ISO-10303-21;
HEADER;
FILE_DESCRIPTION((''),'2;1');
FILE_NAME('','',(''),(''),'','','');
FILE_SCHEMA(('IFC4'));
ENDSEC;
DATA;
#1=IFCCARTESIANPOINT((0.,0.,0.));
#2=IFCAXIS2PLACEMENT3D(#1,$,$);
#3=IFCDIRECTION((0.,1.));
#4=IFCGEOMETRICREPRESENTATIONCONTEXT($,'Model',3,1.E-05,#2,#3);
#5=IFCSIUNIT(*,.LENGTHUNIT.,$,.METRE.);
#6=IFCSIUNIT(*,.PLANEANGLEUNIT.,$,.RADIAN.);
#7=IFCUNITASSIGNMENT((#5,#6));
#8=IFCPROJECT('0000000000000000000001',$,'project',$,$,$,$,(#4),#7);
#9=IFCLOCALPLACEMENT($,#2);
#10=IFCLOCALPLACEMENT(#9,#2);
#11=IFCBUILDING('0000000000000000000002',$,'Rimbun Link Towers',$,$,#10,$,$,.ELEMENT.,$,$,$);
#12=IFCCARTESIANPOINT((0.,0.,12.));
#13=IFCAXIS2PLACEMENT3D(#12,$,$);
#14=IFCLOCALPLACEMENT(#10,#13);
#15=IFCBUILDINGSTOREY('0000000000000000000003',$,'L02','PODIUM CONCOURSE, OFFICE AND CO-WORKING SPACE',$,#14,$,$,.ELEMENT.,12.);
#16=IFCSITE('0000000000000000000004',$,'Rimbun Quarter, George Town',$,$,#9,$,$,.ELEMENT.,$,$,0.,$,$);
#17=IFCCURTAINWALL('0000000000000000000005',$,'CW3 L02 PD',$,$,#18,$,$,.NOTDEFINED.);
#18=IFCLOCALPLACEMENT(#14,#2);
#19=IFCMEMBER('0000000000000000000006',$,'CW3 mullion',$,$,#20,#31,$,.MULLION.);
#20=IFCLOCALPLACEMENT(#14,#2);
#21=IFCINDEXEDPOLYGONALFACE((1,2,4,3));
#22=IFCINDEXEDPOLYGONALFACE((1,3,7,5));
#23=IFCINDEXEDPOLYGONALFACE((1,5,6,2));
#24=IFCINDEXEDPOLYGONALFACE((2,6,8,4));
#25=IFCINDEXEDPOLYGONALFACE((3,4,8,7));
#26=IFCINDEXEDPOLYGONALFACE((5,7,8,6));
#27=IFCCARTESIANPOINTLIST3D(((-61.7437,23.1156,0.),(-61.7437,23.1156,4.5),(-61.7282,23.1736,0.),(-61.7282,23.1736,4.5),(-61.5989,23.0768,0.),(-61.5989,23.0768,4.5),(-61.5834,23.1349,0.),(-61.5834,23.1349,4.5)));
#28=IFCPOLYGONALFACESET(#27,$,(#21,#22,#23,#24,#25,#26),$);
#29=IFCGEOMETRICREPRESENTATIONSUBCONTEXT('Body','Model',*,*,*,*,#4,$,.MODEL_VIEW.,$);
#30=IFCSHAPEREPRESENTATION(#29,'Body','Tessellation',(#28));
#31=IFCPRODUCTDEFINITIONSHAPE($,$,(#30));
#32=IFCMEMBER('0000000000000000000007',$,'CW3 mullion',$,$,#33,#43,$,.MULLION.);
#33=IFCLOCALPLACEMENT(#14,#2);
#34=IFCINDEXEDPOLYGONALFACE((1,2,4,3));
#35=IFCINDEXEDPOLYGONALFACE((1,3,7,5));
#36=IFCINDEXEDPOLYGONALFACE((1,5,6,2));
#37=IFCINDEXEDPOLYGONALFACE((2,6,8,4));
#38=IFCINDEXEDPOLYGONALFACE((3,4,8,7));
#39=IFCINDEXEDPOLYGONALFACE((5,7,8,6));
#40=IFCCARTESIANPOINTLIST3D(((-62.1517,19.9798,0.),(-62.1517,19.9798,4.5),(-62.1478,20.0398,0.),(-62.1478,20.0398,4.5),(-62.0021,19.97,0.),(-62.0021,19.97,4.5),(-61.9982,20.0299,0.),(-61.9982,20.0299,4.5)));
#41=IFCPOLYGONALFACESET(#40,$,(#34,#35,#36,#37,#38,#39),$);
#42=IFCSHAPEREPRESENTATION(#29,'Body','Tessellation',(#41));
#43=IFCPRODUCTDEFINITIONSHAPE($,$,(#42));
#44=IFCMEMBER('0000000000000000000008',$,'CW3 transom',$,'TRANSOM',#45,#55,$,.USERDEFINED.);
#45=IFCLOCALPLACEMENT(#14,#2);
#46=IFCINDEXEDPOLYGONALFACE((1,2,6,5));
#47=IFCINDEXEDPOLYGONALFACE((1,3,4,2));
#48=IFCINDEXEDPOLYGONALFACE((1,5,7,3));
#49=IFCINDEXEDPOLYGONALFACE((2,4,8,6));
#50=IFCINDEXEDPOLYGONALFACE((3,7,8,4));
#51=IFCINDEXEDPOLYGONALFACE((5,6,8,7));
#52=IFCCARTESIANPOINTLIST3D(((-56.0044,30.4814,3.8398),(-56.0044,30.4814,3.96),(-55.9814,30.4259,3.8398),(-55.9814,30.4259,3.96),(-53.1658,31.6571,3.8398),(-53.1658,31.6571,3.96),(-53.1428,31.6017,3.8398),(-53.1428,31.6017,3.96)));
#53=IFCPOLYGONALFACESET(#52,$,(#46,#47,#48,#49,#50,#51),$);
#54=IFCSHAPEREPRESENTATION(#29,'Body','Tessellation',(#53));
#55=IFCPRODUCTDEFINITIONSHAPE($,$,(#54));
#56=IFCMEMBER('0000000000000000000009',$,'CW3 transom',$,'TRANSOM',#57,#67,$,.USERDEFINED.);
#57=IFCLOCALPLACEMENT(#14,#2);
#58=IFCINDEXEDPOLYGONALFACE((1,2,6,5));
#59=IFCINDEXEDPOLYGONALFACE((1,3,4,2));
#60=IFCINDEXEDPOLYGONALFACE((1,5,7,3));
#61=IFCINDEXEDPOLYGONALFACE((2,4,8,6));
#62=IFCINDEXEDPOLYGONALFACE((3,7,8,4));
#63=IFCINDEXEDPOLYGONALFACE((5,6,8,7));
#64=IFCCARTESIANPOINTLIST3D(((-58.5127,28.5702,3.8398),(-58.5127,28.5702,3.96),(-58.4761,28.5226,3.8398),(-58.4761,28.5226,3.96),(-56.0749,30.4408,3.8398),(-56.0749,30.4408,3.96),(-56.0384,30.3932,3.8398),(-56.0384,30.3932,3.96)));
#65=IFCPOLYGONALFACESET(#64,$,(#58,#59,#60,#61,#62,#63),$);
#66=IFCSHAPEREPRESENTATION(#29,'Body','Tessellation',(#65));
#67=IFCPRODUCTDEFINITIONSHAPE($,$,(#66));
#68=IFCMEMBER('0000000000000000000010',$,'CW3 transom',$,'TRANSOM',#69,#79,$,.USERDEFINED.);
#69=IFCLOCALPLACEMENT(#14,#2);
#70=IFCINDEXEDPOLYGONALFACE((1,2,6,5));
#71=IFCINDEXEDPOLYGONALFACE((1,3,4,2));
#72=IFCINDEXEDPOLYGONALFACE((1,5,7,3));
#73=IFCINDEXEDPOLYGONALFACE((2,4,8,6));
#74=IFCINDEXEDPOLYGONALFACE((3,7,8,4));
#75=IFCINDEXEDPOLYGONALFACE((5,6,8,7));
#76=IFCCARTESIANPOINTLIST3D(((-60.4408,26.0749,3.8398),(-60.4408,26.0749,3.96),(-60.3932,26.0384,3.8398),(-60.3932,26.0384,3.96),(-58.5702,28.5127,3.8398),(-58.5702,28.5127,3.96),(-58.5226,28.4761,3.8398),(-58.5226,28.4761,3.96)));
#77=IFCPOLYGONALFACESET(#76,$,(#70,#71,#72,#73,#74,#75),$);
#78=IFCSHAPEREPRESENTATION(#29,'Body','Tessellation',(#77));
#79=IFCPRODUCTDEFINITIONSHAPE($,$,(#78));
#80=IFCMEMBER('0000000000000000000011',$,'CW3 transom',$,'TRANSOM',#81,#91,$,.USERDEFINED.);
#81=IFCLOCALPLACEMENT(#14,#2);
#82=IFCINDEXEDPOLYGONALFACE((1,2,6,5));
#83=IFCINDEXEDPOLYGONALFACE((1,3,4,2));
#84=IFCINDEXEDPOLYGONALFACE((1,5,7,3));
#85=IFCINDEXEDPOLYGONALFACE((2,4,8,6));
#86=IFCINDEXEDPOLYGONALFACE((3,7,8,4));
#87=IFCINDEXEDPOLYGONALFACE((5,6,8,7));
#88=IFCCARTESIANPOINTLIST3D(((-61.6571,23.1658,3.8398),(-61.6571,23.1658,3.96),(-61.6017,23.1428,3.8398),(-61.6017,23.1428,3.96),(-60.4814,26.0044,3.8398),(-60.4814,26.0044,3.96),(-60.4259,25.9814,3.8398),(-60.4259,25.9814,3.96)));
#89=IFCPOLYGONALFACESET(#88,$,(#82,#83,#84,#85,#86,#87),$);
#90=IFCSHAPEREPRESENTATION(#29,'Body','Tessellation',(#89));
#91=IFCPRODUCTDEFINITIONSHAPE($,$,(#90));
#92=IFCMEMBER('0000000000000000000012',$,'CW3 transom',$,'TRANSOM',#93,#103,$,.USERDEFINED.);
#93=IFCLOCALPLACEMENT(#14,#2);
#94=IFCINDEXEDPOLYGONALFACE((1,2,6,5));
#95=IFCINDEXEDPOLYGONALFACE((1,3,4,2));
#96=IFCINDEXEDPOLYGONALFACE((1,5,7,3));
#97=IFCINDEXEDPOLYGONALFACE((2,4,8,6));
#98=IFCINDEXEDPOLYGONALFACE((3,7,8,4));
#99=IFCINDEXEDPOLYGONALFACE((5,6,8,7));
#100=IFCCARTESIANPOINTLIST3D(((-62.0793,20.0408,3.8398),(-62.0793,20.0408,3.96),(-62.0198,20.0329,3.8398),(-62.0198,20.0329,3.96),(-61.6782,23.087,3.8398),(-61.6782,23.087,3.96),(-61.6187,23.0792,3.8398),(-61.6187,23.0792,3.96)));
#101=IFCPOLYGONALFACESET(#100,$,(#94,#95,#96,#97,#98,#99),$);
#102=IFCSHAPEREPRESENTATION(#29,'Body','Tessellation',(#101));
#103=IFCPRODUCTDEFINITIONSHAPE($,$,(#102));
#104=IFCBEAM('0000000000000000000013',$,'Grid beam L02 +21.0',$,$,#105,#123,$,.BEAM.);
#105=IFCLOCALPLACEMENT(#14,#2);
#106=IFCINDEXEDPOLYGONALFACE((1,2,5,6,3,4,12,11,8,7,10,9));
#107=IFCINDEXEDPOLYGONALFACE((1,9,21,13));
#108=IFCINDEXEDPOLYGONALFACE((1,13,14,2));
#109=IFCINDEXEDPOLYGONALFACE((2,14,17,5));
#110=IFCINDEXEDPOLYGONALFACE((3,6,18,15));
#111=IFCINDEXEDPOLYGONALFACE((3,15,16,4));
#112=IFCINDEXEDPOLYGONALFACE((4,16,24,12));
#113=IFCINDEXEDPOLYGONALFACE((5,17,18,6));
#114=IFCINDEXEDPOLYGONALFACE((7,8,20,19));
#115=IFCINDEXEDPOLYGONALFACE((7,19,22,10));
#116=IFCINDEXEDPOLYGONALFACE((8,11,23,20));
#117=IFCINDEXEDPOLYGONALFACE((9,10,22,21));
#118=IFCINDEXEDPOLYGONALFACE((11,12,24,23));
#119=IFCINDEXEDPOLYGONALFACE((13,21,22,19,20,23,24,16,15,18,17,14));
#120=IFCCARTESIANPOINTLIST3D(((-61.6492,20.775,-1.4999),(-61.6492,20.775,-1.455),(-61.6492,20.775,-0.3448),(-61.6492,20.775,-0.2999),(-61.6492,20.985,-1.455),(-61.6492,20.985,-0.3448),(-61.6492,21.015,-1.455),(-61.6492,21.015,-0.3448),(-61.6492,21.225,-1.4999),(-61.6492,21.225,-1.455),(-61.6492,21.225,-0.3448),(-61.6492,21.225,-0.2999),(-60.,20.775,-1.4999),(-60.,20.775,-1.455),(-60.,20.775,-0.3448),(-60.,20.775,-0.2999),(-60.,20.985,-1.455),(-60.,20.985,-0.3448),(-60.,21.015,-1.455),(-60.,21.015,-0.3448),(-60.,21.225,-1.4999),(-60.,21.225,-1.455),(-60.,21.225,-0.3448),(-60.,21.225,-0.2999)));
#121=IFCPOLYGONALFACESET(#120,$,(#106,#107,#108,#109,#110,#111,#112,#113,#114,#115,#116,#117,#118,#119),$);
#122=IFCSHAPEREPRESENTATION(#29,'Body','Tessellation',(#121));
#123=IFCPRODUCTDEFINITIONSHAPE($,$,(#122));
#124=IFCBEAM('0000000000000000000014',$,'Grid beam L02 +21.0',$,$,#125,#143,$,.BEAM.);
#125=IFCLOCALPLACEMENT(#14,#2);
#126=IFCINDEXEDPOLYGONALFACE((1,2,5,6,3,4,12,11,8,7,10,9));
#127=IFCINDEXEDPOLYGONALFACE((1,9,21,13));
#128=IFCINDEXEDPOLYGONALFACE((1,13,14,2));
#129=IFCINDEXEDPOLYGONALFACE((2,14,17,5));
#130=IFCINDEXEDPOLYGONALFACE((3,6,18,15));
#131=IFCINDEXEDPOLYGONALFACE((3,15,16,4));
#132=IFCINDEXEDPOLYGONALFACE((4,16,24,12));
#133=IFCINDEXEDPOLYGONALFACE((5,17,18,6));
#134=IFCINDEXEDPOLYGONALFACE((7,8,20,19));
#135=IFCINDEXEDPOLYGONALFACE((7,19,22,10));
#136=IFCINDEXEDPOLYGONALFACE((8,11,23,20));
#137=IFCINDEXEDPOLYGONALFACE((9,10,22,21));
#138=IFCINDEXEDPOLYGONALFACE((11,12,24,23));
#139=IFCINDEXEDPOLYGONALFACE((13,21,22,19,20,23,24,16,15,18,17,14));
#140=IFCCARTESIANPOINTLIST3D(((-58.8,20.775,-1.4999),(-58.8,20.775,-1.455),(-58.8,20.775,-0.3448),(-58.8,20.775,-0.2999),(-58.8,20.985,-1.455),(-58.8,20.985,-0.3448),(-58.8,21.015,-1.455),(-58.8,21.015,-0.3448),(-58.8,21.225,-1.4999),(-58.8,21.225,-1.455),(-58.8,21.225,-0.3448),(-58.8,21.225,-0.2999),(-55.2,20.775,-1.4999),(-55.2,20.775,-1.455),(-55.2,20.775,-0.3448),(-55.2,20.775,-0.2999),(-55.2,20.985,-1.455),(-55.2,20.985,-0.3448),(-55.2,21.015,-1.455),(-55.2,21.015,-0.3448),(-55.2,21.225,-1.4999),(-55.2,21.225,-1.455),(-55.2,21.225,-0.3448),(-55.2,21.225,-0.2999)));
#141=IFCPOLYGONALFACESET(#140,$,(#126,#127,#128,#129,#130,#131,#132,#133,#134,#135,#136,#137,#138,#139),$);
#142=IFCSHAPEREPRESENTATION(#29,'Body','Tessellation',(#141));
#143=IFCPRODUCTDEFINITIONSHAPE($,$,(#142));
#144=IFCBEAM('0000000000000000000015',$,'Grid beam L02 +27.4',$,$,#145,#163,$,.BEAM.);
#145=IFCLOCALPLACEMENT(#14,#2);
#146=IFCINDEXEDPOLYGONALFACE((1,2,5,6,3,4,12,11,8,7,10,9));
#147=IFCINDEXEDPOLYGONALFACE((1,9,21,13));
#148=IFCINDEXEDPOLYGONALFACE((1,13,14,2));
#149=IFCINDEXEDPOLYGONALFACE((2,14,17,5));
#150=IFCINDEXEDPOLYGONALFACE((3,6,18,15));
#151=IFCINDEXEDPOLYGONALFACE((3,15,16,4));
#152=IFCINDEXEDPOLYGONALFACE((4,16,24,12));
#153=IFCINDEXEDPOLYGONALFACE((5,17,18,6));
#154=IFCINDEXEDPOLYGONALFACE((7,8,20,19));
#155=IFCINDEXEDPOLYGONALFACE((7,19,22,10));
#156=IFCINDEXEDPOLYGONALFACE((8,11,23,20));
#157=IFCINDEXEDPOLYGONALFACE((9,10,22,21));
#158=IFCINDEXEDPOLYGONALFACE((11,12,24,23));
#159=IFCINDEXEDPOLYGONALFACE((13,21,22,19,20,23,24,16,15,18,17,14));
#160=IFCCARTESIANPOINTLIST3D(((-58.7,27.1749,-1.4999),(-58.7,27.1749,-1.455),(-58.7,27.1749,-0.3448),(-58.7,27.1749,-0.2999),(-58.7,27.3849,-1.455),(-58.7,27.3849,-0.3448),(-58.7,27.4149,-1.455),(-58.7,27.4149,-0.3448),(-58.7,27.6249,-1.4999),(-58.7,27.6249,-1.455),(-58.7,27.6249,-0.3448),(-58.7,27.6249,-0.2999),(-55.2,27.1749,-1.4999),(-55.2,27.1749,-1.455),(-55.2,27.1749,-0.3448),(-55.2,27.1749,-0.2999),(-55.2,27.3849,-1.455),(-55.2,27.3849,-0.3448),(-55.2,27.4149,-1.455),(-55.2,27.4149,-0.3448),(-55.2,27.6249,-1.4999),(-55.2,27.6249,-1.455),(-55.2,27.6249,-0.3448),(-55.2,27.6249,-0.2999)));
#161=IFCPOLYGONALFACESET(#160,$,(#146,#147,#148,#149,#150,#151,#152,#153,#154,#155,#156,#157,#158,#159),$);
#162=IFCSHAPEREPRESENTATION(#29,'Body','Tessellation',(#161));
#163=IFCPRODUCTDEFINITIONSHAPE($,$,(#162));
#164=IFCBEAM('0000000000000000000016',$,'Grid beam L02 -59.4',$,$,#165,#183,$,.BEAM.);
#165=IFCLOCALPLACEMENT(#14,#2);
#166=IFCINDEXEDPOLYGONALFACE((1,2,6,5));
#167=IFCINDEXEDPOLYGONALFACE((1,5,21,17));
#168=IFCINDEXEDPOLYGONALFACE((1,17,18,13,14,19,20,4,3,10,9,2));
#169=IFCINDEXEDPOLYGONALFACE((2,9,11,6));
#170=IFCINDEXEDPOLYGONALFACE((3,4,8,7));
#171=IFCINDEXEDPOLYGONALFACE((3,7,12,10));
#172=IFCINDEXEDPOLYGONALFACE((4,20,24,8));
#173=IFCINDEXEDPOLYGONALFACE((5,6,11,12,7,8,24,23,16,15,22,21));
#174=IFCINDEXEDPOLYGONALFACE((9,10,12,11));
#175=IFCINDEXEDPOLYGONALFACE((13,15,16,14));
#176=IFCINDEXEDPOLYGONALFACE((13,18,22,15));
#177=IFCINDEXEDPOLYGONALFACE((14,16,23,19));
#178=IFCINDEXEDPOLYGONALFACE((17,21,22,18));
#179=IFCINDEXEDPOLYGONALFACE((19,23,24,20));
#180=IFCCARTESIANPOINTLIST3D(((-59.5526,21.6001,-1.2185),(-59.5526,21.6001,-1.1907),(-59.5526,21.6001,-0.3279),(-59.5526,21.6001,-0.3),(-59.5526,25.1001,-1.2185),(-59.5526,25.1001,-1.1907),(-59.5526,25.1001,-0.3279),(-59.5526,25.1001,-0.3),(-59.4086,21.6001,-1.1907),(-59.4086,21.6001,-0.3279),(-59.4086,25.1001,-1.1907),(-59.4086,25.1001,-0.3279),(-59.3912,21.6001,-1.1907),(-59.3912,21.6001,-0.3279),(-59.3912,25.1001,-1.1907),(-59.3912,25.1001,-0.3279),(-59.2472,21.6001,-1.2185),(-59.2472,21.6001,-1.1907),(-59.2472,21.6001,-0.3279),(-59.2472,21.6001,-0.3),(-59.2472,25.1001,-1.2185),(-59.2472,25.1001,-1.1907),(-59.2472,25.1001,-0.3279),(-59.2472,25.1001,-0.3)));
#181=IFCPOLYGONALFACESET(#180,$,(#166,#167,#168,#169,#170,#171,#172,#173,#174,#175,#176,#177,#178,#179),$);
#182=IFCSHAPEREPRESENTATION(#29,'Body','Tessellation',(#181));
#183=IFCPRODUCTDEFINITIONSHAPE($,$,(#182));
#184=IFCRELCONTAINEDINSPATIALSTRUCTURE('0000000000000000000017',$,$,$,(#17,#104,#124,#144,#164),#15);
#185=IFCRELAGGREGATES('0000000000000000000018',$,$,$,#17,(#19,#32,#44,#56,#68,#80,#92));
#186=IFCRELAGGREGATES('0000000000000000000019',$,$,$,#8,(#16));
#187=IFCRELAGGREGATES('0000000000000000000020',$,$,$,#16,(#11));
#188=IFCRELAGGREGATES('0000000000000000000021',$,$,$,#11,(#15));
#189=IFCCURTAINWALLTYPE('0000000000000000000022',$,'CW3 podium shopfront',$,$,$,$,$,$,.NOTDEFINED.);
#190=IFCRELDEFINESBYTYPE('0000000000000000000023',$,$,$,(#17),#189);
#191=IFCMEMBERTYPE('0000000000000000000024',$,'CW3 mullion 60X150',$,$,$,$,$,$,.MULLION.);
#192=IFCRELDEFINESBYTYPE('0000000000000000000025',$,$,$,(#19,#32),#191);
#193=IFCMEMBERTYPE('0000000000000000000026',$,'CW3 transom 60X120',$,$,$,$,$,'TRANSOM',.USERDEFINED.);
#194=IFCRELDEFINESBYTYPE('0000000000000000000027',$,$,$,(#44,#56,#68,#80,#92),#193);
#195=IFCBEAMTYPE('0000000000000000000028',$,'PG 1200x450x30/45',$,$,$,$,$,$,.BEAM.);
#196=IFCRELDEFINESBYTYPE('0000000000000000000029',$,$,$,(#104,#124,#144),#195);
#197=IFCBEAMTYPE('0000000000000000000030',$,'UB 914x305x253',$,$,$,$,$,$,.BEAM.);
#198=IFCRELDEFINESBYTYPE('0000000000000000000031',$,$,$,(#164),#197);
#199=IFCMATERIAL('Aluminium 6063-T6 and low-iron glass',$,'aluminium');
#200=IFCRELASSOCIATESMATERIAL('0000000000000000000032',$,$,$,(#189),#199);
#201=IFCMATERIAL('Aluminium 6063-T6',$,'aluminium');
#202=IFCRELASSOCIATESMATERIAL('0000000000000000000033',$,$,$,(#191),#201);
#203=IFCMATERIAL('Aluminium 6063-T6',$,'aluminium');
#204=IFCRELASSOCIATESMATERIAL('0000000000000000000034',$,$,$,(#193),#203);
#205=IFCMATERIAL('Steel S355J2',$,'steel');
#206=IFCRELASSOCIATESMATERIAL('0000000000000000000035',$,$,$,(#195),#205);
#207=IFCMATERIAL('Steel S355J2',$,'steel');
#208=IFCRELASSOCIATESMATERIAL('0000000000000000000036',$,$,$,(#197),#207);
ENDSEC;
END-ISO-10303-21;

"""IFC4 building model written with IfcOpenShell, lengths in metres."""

from ifc_helpers import new_model, si_unit, direction, frame, origin, origin_2d, place, context, subcontext, project, spatial, rectangle, i_section, extrude, material, material_profile, profile_set, type_object, element, aggregate, save


model = new_model("IFC4")

# Units and contexts
model_context = context("Model", 3, precision=1e-05, world=origin(), true_north=direction((0.0, 1.0)))
body_context = subcontext(model_context, "Body", "Model", "MODEL_VIEW")
ifc_project = project(units=[si_unit("LENGTHUNIT", "METRE"), si_unit("PLANEANGLEUNIT", "RADIAN")], contexts=[model_context])

# Site, building, storey
site_placement = place(None, origin())
site = spatial("IfcSite", under=ifc_project, at=site_placement, Name="Rimbun Quarter, George Town", CompositionType="ELEMENT", RefElevation=0.0)
building_placement = place(site_placement, origin())
building = spatial("IfcBuilding", under=site, at=building_placement, Name="Rimbun Link Towers", CompositionType="ELEMENT")
storey_placement = place(building_placement, frame((0.0, 0.0, 12.0)))
storey = spatial("IfcBuildingStorey", under=building, at=storey_placement, Name="L02", Description="PODIUM CONCOURSE, OFFICE AND CO-WORKING SPACE", CompositionType="ELEMENT", Elevation=12.0)

# Curtain wall, members
ifc_material_1 = material(Name="Aluminium 6063-T6 and low-iron glass", Category="aluminium")
curtain_wall_type = type_object("IfcCurtainWallType", Name="CW3 podium shopfront", PredefinedType="NOTDEFINED", material=ifc_material_1)
curtain_wall_placement = place(storey_placement, origin())
curtain_wall = element("IfcCurtainWall", 1, at=curtain_wall_placement, inside=storey, type_object=curtain_wall_type, Name="CW3 L02 PD", PredefinedType="NOTDEFINED")
ifc_material_2 = material(Name="Aluminium 6063-T6", Category="aluminium")
ifc_material_profile_1 = material_profile(ifc_material_2, rectangle(XDim=0.1499, YDim=0.0601, at=origin_2d()), Name="MULLION 60X150")
ifc_profile_set_1 = profile_set([ifc_material_profile_1], Name="Aluminium 6063-T6")
member_type_1 = type_object("IfcMemberType", Name="CW3 mullion 60X150", PredefinedType="MULLION", material=ifc_profile_set_1)
member_1_placement = place(storey_placement, frame((-61.6636, 23.1252, 0.0), z_axis=(0.0, 0.0, 1.0), x_axis=(-0.965926, 0.258819, 0.0)))
member_1 = element("IfcMember", 2, at=member_1_placement, type_object=member_type_1, Name="CW3 mullion", PredefinedType="MULLION", context=body_context, shape_type="SweptSolid", body=[
    extrude(rectangle(XDim=0.1499, YDim=0.0601, at=origin_2d()), origin(), (0.0, 0.0, 1.0), 4.5),
])
member_2_placement = place(storey_placement, frame((-62.075, 20.0049, 0.0), z_axis=(0.0, 0.0, 1.0), x_axis=(-0.997859, 0.065405, 0.0)))
member_2 = element("IfcMember", 3, at=member_2_placement, type_object=member_type_1, Name="CW3 mullion", PredefinedType="MULLION", context=body_context, shape_type="SweptSolid", body=[
    extrude(rectangle(XDim=0.1499, YDim=0.0601, at=origin_2d()), origin(), (0.0, 0.0, 1.0), 4.5),
])
ifc_material_3 = material(Name="Aluminium 6063-T6", Category="aluminium")
ifc_material_profile_2 = material_profile(ifc_material_3, rectangle(XDim=0.0601, YDim=0.1201, at=origin_2d()), Name="TRANSOM 60X120")
ifc_profile_set_2 = profile_set([ifc_material_profile_2], Name="Aluminium 6063-T6")
member_type_2 = type_object("IfcMemberType", Name="CW3 transom 60X120", ElementType="TRANSOM", PredefinedType="USERDEFINED", material=ifc_profile_set_2)
member_3_placement = place(storey_placement, frame((-55.9929, 30.4536, 3.8999), z_axis=(0.923881, 0.382679, 0.0), x_axis=(-0.382679, 0.923881, 0.0)))
member_3 = element("IfcMember", 4, at=member_3_placement, type_object=member_type_2, Name="CW3 transom", ObjectType="TRANSOM", PredefinedType="USERDEFINED", context=body_context, shape_type="SweptSolid", body=[
    extrude(rectangle(XDim=0.0601, YDim=0.1201, at=origin_2d()), origin(), (0.0, 0.0, 1.0), 3.0725),
])
member_4_placement = place(storey_placement, frame((-58.4944, 28.5464, 3.8999), z_axis=(0.793344, 0.608773, 0.0), x_axis=(-0.608773, 0.793344, 0.0)))
member_4 = element("IfcMember", 5, at=member_4_placement, type_object=member_type_2, Name="CW3 transom", ObjectType="TRANSOM", PredefinedType="USERDEFINED", context=body_context, shape_type="SweptSolid", body=[
    extrude(rectangle(XDim=0.0601, YDim=0.1201, at=origin_2d()), origin(), (0.0, 0.0, 1.0), 3.0728),
])
member_5_placement = place(storey_placement, frame((-60.417, 26.0566, 3.8999), z_axis=(0.608773, 0.793344, 0.0), x_axis=(-0.793344, 0.608773, 0.0)))
member_5 = element("IfcMember", 6, at=member_5_placement, type_object=member_type_2, Name="CW3 transom", ObjectType="TRANSOM", PredefinedType="USERDEFINED", context=body_context, shape_type="SweptSolid", body=[
    extrude(rectangle(XDim=0.0601, YDim=0.1201, at=origin_2d()), origin(), (0.0, 0.0, 1.0), 3.0728),
])
member_6_placement = place(storey_placement, frame((-61.6294, 23.1543, 3.8999), z_axis=(0.382679, 0.923881, 0.0), x_axis=(-0.923881, 0.382679, 0.0)))
member_6 = element("IfcMember", 7, at=member_6_placement, type_object=member_type_2, Name="CW3 transom", ObjectType="TRANSOM", PredefinedType="USERDEFINED", context=body_context, shape_type="SweptSolid", body=[
    extrude(rectangle(XDim=0.0601, YDim=0.1201, at=origin_2d()), origin(), (0.0, 0.0, 1.0), 3.0725),
])
member_7_placement = place(storey_placement, frame((-62.0496, 20.0369, 3.8999), z_axis=(0.130555, 0.991441, 0.0), x_axis=(-0.991441, 0.130555, 0.0)))
member_7 = element("IfcMember", 8, at=member_7_placement, type_object=member_type_2, Name="CW3 transom", ObjectType="TRANSOM", PredefinedType="USERDEFINED", context=body_context, shape_type="SweptSolid", body=[
    extrude(rectangle(XDim=0.0601, YDim=0.1201, at=origin_2d()), origin(), (0.0, 0.0, 1.0), 3.0725),
])

# Beams
ifc_material_4 = material(Name="Steel S355J2", Category="steel")
ifc_material_profile_3 = material_profile(ifc_material_4, i_section(OverallWidth=0.45, OverallDepth=1.2, WebThickness=0.03, FlangeThickness=0.0449, at=origin_2d()), Name="PG 1200x450x30/45")
ifc_profile_set_3 = profile_set([ifc_material_profile_3], Name="Steel S355J2")
beam_type_1 = type_object("IfcBeamType", Name="PG 1200x450x30/45", PredefinedType="BEAM", material=ifc_profile_set_3)
beam_1_placement = place(storey_placement, frame((-61.6492, 21.0, -0.8999), z_axis=(1.0, 0.0, 0.0), x_axis=(0.0, 1.0, 0.0)))
element("IfcBeam", 9, at=beam_1_placement, inside=storey, type_object=beam_type_1, Name="Grid beam L02 +21.0", PredefinedType="BEAM", context=body_context, shape_type="SweptSolid", body=[
    extrude(i_section(OverallWidth=0.45, OverallDepth=1.2, WebThickness=0.03, FlangeThickness=0.0449, at=origin_2d()), origin(), (0.0, 0.0, 1.0), 1.6492),
])
beam_2_placement = place(storey_placement, frame((-58.8, 21.0, -0.8999), z_axis=(1.0, 0.0, 0.0), x_axis=(0.0, 1.0, 0.0)))
element("IfcBeam", 10, at=beam_2_placement, inside=storey, type_object=beam_type_1, Name="Grid beam L02 +21.0", PredefinedType="BEAM", context=body_context, shape_type="SweptSolid", body=[
    extrude(i_section(OverallWidth=0.45, OverallDepth=1.2, WebThickness=0.03, FlangeThickness=0.0449, at=origin_2d()), origin(), (0.0, 0.0, 1.0), 3.6001),
])
beam_3_placement = place(storey_placement, frame((-58.7, 27.3999, -0.8999), z_axis=(1.0, 0.0, 0.0), x_axis=(0.0, 1.0, 0.0)))
element("IfcBeam", 11, at=beam_3_placement, inside=storey, type_object=beam_type_1, Name="Grid beam L02 +27.4", PredefinedType="BEAM", context=body_context, shape_type="SweptSolid", body=[
    extrude(i_section(OverallWidth=0.45, OverallDepth=1.2, WebThickness=0.03, FlangeThickness=0.0449, at=origin_2d()), origin(), (0.0, 0.0, 1.0), 3.5),
])
ifc_material_5 = material(Name="Steel S355J2", Category="steel")
ifc_material_profile_4 = material_profile(ifc_material_5, i_section(OverallWidth=0.3054, OverallDepth=0.9185, WebThickness=0.0173, FlangeThickness=0.0278, at=origin_2d()), Name="UB 914x305x253")
ifc_profile_set_4 = profile_set([ifc_material_profile_4], Name="Steel S355J2")
beam_type_2 = type_object("IfcBeamType", Name="UB 914x305x253", PredefinedType="BEAM", material=ifc_profile_set_4)
beam_4_placement = place(storey_placement, frame((-59.3999, 21.6001, -0.7593), z_axis=(0.0, 1.0, 0.0), x_axis=(-1.0, 0.0, 0.0)))
element("IfcBeam", 12, at=beam_4_placement, inside=storey, type_object=beam_type_2, Name="Grid beam L02 -59.4", PredefinedType="BEAM", context=body_context, shape_type="SweptSolid", body=[
    extrude(i_section(OverallWidth=0.3054, OverallDepth=0.9185, WebThickness=0.0173, FlangeThickness=0.0278, at=origin_2d()), origin(), (0.0, 0.0, 1.0), 3.5),
])

aggregate(curtain_wall, [member_1, member_2, member_3, member_4, member_5, member_6, member_7])

save(model, "model.ifc")
